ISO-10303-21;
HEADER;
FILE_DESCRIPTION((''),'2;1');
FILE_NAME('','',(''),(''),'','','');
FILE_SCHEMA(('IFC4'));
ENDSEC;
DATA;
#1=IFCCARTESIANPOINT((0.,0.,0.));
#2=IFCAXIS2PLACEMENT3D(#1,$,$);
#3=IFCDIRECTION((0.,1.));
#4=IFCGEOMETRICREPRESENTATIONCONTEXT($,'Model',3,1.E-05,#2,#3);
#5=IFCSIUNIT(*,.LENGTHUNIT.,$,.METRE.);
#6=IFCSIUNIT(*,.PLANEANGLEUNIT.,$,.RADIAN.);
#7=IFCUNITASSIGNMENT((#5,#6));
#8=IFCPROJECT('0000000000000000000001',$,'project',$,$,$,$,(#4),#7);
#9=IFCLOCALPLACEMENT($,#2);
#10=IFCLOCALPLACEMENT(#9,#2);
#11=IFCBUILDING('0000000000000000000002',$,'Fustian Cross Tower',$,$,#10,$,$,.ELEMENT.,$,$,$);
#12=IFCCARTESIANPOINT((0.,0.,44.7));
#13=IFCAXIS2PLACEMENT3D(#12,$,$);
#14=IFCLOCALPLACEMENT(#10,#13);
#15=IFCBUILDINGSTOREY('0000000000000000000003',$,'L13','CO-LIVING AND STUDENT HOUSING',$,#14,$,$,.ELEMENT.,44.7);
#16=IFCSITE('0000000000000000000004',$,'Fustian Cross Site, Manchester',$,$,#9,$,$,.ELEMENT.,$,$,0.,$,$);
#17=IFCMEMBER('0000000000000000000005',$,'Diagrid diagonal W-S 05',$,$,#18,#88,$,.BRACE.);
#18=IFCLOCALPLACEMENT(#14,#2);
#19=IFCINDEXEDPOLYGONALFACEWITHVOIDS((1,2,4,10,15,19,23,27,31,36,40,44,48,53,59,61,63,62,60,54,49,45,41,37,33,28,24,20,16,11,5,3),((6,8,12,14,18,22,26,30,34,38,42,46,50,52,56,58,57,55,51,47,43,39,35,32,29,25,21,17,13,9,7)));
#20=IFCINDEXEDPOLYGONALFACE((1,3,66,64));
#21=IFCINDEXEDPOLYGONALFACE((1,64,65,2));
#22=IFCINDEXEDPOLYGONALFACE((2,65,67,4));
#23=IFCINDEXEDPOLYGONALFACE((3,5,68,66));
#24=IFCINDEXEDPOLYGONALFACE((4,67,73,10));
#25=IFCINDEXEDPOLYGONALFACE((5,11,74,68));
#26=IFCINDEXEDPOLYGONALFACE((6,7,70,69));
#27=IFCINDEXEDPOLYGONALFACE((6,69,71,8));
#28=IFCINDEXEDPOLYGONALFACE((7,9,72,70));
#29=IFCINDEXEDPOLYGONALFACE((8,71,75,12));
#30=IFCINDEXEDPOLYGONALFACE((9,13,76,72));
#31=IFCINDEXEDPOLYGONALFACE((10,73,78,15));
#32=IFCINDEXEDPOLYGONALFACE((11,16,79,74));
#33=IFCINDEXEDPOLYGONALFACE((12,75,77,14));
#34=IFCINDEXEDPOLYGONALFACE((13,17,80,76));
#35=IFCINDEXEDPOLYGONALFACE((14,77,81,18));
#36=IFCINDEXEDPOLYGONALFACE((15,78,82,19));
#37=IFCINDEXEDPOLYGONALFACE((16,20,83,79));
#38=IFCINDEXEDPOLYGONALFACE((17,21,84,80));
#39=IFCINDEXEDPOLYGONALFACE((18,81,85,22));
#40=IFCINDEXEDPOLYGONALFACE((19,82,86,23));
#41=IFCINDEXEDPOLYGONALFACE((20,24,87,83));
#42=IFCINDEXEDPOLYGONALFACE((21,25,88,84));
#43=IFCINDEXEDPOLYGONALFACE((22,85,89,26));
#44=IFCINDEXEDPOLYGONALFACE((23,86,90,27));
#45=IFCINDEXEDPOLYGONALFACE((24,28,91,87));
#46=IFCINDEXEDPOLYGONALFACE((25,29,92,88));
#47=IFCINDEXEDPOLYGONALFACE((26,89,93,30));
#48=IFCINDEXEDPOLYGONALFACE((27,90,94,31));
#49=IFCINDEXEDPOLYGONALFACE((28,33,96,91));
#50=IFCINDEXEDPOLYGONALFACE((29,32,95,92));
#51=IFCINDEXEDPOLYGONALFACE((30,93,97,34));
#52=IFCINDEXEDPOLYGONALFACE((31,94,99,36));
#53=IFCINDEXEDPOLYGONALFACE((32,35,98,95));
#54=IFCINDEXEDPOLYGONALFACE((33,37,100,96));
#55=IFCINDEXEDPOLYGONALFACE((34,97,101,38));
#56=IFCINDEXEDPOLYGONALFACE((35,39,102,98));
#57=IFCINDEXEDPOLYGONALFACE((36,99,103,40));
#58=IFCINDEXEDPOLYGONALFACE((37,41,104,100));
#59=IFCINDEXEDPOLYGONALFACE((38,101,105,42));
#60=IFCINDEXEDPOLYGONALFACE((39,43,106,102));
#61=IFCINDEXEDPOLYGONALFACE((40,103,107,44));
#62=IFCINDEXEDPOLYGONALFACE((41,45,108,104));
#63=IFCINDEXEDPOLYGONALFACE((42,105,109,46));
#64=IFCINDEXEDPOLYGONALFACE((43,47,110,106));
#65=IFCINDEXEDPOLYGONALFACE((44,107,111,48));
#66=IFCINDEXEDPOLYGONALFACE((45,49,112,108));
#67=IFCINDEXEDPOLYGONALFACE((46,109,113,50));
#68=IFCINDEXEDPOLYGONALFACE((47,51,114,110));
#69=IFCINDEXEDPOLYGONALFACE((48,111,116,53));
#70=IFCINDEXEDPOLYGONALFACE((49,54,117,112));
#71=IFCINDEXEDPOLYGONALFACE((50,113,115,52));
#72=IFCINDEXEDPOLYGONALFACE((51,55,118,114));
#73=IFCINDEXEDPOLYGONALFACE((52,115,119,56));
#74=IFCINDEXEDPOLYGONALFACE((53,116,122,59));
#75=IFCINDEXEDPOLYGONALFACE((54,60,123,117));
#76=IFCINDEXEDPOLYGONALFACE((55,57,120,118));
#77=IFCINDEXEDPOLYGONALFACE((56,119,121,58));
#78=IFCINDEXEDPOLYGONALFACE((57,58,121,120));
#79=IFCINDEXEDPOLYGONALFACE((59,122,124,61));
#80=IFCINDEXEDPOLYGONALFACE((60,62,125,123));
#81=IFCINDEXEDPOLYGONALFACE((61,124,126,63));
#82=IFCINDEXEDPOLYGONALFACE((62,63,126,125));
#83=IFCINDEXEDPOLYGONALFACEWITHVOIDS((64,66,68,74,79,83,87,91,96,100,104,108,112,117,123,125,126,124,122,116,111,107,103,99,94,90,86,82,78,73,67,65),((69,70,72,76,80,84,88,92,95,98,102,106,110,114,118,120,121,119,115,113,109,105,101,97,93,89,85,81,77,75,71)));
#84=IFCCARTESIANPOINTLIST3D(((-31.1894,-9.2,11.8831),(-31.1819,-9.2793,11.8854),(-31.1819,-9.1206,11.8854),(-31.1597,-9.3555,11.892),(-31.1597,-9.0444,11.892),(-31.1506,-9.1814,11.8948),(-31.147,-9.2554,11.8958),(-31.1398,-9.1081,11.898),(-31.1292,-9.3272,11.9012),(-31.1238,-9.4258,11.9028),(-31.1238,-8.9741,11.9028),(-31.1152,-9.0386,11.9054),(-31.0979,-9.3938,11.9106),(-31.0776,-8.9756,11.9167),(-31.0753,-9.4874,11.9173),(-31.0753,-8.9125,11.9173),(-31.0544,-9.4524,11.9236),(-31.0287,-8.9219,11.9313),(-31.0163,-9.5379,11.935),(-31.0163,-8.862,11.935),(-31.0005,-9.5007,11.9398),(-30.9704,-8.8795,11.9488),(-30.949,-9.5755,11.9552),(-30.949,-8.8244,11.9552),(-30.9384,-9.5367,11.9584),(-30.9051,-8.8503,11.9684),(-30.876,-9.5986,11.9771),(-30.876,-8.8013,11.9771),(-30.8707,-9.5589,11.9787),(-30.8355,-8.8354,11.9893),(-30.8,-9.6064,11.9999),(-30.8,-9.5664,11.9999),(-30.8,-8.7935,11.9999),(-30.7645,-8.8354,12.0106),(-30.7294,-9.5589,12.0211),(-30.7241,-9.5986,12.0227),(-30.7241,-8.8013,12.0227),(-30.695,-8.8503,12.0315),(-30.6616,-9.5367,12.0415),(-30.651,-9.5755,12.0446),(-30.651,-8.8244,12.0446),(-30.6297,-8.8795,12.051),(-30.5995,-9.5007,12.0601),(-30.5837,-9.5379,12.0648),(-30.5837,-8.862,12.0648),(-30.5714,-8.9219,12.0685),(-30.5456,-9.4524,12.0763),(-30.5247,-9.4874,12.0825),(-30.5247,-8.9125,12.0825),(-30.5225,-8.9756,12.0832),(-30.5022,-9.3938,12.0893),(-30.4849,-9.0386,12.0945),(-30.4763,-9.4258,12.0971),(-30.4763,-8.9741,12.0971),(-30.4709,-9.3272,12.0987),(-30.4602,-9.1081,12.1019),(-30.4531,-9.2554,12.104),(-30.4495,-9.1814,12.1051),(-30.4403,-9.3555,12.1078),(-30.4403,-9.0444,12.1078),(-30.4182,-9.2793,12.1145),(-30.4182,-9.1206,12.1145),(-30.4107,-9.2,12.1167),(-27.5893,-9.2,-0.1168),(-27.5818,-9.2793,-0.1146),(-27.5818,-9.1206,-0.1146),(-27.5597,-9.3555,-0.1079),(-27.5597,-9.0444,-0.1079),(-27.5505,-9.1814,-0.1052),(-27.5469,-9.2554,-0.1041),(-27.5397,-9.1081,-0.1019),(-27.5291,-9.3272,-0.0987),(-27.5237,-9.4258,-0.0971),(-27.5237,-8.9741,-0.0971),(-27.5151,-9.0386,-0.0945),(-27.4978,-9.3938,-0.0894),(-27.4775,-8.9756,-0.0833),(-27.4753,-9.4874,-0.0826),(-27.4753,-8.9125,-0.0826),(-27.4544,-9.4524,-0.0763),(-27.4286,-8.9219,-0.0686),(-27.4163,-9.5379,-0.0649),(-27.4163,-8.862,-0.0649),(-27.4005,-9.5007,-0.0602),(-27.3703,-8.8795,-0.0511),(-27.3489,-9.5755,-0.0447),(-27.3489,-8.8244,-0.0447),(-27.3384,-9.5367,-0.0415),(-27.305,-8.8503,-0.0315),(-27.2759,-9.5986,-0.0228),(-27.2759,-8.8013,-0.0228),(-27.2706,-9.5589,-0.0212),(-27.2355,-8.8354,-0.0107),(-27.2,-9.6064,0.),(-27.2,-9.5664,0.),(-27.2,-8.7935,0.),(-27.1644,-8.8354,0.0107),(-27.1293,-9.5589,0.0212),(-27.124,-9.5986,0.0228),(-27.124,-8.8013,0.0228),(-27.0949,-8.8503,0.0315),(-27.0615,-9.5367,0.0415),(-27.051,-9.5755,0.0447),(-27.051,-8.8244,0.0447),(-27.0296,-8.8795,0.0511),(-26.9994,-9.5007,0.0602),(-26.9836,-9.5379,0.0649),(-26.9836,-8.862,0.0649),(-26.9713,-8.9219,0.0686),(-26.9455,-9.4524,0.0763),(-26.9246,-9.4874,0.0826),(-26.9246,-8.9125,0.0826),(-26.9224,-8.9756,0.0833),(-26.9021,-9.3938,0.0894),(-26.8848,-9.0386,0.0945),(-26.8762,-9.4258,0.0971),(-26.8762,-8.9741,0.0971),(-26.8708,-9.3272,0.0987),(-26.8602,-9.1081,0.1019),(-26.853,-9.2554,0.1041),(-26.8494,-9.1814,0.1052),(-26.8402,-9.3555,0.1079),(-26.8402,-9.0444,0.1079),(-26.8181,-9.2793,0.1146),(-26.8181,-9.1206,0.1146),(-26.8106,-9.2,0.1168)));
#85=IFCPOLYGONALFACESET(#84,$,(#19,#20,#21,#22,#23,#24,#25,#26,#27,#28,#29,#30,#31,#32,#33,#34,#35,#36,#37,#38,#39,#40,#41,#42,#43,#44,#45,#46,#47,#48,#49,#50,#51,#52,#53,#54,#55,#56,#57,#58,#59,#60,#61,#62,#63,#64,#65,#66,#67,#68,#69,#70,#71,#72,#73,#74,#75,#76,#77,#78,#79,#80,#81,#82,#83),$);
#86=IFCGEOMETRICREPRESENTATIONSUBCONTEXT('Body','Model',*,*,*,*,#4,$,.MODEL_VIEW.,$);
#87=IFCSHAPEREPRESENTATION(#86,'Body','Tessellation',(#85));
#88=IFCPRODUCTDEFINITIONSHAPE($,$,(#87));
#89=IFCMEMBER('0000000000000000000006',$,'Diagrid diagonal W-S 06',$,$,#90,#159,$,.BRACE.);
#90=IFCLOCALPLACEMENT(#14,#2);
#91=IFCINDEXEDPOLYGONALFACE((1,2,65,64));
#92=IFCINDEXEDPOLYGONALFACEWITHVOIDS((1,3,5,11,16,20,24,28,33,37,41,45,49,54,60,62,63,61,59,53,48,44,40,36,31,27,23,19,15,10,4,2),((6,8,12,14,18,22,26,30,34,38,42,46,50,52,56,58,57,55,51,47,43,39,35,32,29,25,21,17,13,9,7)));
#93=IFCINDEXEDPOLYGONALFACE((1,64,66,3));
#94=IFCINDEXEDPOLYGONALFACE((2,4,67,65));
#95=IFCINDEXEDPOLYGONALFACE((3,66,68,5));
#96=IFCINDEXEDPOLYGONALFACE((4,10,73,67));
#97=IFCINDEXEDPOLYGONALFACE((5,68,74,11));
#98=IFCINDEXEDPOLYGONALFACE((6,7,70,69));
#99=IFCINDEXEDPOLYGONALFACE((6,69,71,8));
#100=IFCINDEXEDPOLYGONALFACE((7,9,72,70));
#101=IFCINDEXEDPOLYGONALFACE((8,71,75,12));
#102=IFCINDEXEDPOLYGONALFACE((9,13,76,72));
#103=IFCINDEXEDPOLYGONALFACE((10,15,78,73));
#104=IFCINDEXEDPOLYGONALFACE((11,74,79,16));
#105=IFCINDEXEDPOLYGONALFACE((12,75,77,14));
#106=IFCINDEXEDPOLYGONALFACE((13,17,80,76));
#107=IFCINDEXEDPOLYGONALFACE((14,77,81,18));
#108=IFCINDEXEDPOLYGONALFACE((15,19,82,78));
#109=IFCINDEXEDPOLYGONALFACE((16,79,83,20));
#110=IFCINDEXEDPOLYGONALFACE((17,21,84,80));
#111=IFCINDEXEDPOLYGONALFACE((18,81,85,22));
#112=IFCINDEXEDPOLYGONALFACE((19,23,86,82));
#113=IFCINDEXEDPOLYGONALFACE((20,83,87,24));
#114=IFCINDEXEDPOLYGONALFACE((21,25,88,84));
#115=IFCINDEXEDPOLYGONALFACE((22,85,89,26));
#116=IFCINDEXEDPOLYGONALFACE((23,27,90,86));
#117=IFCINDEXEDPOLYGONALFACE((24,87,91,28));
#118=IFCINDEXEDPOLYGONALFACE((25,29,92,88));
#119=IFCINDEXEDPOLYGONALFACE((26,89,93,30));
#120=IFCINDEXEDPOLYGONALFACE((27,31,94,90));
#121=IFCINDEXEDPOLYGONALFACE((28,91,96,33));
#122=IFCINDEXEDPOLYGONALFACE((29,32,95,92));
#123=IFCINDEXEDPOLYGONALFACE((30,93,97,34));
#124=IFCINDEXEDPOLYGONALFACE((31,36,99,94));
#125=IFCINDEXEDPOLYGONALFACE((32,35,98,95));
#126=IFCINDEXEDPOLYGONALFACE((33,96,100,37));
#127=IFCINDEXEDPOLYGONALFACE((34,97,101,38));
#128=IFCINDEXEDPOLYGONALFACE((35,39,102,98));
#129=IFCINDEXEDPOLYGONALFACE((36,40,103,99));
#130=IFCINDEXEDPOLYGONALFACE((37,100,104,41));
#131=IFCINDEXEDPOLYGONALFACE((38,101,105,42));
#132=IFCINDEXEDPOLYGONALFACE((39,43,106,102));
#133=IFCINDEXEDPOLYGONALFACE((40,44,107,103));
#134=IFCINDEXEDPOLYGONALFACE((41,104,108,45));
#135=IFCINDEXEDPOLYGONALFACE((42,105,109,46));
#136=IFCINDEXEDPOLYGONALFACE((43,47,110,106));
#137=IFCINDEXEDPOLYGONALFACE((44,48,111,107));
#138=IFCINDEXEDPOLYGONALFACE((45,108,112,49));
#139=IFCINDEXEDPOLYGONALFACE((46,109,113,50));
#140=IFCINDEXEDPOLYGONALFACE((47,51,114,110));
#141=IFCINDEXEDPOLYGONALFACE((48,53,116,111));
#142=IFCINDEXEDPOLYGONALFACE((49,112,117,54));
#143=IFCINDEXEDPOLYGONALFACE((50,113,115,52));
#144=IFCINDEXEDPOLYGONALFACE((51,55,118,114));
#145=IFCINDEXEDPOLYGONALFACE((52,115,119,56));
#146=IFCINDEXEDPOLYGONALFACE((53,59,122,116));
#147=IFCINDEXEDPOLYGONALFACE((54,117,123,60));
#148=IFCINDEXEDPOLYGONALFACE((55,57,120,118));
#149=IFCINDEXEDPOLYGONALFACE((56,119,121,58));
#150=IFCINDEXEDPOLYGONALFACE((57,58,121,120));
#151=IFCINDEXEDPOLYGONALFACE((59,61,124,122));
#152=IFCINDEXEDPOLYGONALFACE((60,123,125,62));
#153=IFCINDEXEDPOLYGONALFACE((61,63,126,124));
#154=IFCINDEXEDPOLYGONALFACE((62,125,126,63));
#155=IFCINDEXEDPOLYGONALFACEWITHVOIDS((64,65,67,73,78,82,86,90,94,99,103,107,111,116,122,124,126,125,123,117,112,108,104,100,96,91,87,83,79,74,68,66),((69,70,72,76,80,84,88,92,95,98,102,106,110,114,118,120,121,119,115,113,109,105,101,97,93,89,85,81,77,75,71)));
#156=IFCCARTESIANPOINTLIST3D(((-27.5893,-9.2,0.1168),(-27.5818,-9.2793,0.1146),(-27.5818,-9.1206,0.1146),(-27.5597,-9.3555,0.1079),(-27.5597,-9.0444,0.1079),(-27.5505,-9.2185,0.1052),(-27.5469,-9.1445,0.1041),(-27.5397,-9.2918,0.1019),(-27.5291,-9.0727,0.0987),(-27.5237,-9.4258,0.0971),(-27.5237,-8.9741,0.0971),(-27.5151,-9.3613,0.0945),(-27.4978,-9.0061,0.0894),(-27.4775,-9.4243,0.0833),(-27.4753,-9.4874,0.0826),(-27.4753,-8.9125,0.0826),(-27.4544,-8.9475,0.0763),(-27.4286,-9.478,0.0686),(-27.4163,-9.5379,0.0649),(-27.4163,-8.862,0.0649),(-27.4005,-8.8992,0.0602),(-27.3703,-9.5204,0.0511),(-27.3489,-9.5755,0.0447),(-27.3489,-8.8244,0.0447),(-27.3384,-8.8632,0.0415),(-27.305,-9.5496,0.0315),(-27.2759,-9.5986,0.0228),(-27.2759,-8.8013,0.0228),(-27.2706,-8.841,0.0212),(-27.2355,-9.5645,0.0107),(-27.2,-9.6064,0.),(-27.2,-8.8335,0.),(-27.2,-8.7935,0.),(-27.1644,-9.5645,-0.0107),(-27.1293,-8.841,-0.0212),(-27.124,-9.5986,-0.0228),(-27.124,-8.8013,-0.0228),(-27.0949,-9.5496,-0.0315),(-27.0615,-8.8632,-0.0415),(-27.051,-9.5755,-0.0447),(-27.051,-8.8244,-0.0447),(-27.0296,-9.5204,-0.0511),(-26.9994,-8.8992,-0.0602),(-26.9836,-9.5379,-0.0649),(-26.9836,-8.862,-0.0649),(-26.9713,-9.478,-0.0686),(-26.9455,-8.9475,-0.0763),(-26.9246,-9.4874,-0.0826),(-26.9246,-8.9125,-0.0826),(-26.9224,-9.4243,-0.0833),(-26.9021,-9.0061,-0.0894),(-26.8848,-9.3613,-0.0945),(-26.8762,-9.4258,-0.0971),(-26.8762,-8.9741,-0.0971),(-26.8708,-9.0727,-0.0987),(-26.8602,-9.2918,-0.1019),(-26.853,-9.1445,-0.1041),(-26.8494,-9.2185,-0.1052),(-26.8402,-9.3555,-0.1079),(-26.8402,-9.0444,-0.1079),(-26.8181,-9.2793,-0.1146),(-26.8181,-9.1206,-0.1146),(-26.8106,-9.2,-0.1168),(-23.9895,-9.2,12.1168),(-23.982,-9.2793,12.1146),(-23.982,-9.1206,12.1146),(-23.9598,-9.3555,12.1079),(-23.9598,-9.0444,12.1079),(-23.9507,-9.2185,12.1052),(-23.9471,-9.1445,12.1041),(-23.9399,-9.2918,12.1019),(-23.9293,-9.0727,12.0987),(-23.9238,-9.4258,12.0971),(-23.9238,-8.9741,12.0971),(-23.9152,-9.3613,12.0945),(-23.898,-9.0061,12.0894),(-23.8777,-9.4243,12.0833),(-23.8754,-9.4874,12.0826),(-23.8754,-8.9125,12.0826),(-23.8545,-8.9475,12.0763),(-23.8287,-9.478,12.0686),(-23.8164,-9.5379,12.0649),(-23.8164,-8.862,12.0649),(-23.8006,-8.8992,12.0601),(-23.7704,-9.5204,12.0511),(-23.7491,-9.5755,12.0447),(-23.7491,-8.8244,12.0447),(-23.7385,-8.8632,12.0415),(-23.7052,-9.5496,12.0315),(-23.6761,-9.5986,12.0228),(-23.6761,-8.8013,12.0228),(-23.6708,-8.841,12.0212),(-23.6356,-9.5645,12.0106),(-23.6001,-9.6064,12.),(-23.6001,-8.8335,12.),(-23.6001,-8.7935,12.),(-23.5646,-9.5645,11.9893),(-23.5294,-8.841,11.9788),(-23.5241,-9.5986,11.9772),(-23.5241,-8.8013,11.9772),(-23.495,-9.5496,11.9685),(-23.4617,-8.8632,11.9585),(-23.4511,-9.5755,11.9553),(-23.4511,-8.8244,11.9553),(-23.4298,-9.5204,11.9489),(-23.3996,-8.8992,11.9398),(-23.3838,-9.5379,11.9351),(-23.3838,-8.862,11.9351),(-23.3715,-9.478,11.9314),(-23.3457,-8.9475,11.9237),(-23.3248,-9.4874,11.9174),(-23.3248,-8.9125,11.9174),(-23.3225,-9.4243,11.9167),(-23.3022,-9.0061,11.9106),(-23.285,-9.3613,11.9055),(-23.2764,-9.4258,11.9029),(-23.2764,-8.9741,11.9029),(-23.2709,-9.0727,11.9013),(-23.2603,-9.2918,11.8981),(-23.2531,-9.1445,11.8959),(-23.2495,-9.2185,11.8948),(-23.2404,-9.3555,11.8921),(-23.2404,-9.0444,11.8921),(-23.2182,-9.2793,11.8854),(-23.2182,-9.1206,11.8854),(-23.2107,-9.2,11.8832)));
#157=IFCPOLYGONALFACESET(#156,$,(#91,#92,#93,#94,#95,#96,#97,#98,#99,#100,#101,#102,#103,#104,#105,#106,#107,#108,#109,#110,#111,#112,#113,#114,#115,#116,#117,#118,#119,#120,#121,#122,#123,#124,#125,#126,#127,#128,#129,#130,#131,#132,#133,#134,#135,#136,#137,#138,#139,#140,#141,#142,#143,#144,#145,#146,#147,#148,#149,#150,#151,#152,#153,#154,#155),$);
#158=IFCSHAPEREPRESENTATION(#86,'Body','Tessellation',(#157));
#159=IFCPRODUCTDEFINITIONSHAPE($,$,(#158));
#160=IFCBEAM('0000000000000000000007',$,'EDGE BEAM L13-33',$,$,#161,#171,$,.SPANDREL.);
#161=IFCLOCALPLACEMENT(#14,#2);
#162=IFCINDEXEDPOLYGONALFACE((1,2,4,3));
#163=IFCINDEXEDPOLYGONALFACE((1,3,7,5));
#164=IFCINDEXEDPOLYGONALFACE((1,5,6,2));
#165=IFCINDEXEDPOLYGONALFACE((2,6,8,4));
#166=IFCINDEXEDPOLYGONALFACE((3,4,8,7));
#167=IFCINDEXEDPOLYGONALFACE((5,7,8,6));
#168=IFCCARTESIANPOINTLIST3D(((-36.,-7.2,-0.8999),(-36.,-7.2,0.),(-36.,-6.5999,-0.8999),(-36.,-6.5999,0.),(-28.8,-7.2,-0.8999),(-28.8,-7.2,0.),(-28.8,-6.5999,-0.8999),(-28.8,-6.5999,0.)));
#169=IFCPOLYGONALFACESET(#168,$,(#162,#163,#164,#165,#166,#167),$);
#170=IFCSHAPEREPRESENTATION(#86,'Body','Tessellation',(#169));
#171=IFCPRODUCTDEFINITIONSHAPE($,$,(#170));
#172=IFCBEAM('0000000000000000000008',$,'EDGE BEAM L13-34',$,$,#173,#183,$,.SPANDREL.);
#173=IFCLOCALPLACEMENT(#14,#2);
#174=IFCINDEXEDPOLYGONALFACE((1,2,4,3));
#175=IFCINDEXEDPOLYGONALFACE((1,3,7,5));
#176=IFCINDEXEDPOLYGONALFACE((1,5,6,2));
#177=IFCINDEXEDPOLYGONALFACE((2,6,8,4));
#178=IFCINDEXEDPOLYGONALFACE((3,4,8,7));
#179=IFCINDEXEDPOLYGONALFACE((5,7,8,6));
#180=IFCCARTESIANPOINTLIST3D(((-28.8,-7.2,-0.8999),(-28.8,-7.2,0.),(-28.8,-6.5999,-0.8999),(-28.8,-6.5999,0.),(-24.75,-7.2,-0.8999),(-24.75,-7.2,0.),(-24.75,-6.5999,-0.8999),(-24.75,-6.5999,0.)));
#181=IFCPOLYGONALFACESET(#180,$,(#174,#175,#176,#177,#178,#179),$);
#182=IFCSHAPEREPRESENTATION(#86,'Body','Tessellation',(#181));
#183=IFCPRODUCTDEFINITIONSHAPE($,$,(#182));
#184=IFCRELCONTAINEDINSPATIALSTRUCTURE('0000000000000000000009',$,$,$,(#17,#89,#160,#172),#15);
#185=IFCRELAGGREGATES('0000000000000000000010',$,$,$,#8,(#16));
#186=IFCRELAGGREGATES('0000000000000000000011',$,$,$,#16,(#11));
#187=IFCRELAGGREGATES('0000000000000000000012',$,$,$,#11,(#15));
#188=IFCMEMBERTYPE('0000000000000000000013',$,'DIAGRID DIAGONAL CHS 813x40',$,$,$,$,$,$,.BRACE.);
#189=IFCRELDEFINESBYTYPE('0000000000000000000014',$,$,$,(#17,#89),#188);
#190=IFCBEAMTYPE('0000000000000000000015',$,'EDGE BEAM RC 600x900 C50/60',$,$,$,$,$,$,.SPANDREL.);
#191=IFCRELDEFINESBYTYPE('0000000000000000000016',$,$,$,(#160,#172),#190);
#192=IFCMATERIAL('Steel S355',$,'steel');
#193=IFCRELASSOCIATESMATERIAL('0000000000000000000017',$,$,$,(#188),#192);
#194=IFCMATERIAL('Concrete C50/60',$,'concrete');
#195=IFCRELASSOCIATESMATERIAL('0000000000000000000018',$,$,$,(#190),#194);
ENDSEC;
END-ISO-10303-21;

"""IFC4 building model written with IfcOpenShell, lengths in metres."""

from ifc_helpers import new_model, si_unit, direction, frame, origin, origin_2d, place, context, subcontext, project, spatial, rectangle, hollow_circle, extrude, material, material_profile, profile_set, type_object, element, save


model = new_model("IFC4")

# Units and contexts
model_context = context("Model", 3, precision=1e-05, world=origin(), true_north=direction((0.0, 1.0)))
body_context = subcontext(model_context, "Body", "Model", "MODEL_VIEW")
ifc_project = project(units=[si_unit("LENGTHUNIT", "METRE"), si_unit("PLANEANGLEUNIT", "RADIAN")], contexts=[model_context])

# Site, building, storey
site_placement = place(None, origin())
site = spatial("IfcSite", under=ifc_project, at=site_placement, Name="Fustian Cross Site, Manchester", CompositionType="ELEMENT", RefElevation=0.0)
building_placement = place(site_placement, origin())
building = spatial("IfcBuilding", under=site, at=building_placement, Name="Fustian Cross Tower", CompositionType="ELEMENT")
storey_placement = place(building_placement, frame((0.0, 0.0, 44.7)))
storey = spatial("IfcBuildingStorey", under=building, at=storey_placement, Name="L13", Description="CO-LIVING AND STUDENT HOUSING", CompositionType="ELEMENT", Elevation=44.7)

# Members
ifc_material_1 = material(Name="Steel S355", Category="steel")
ifc_material_profile_1 = material_profile(ifc_material_1, hollow_circle(Radius=0.4065, WallThickness=0.04, at=origin_2d()), Name="CHS 813x40")
ifc_profile_set_1 = profile_set([ifc_material_profile_1], Name="Steel S355")
member_type = type_object("IfcMemberType", Name="DIAGRID DIAGONAL CHS 813x40", PredefinedType="BRACE", material=ifc_profile_set_1)
for number, where, z_axis, x_axis, name in (
    (1, (-27.2, -9.2, 0.0), (-0.287355, 0.0, 0.957824), (0.0, -1.0, 0.0), "Diagrid diagonal W-S 05"),
    (2, (-27.2, -9.2, 0.0), (0.287337, 0.0, 0.95783), (0.0, 1.0, 0.0), "Diagrid diagonal W-S 06"),
):
    element("IfcMember", number, at=place(storey_placement, frame(where, z_axis=z_axis, x_axis=x_axis)), inside=storey, type_object=member_type, Name=name, PredefinedType="BRACE", context=body_context, shape_type="SweptSolid", body=[
        extrude(hollow_circle(Radius=0.4065, WallThickness=0.04, at=origin_2d()), origin(), (0.0, 0.0, 1.0), 12.5283),
    ])

# Beams
ifc_material_2 = material(Name="Concrete C50/60", Category="concrete")
ifc_material_profile_2 = material_profile(ifc_material_2, rectangle(XDim=0.6001, YDim=0.8999, at=origin_2d()), Name="RC 600x900")
ifc_profile_set_2 = profile_set([ifc_material_profile_2], Name="Concrete C50/60")
beam_type = type_object("IfcBeamType", Name="EDGE BEAM RC 600x900 C50/60", PredefinedType="SPANDREL", material=ifc_profile_set_2)
beam_1_placement = place(storey_placement, frame((-36.0, -6.8999, -0.45), z_axis=(1.0, 0.0, 0.0), x_axis=(0.0, 1.0, 0.0)))
element("IfcBeam", 3, at=beam_1_placement, inside=storey, type_object=beam_type, Name="EDGE BEAM L13-33", PredefinedType="SPANDREL", context=body_context, shape_type="SweptSolid", body=[
    extrude(rectangle(XDim=0.6001, YDim=0.8999, at=origin_2d()), origin(), (0.0, 0.0, 1.0), 7.2),
])
beam_2_placement = place(storey_placement, frame((-28.8, -6.8999, -0.45), z_axis=(1.0, 0.0, 0.0), x_axis=(0.0, 1.0, 0.0)))
element("IfcBeam", 4, at=beam_2_placement, inside=storey, type_object=beam_type, Name="EDGE BEAM L13-34", PredefinedType="SPANDREL", context=body_context, shape_type="SweptSolid", body=[
    extrude(rectangle(XDim=0.6001, YDim=0.8999, at=origin_2d()), origin(), (0.0, 0.0, 1.0), 4.05),
])

save(model, "model.ifc")
